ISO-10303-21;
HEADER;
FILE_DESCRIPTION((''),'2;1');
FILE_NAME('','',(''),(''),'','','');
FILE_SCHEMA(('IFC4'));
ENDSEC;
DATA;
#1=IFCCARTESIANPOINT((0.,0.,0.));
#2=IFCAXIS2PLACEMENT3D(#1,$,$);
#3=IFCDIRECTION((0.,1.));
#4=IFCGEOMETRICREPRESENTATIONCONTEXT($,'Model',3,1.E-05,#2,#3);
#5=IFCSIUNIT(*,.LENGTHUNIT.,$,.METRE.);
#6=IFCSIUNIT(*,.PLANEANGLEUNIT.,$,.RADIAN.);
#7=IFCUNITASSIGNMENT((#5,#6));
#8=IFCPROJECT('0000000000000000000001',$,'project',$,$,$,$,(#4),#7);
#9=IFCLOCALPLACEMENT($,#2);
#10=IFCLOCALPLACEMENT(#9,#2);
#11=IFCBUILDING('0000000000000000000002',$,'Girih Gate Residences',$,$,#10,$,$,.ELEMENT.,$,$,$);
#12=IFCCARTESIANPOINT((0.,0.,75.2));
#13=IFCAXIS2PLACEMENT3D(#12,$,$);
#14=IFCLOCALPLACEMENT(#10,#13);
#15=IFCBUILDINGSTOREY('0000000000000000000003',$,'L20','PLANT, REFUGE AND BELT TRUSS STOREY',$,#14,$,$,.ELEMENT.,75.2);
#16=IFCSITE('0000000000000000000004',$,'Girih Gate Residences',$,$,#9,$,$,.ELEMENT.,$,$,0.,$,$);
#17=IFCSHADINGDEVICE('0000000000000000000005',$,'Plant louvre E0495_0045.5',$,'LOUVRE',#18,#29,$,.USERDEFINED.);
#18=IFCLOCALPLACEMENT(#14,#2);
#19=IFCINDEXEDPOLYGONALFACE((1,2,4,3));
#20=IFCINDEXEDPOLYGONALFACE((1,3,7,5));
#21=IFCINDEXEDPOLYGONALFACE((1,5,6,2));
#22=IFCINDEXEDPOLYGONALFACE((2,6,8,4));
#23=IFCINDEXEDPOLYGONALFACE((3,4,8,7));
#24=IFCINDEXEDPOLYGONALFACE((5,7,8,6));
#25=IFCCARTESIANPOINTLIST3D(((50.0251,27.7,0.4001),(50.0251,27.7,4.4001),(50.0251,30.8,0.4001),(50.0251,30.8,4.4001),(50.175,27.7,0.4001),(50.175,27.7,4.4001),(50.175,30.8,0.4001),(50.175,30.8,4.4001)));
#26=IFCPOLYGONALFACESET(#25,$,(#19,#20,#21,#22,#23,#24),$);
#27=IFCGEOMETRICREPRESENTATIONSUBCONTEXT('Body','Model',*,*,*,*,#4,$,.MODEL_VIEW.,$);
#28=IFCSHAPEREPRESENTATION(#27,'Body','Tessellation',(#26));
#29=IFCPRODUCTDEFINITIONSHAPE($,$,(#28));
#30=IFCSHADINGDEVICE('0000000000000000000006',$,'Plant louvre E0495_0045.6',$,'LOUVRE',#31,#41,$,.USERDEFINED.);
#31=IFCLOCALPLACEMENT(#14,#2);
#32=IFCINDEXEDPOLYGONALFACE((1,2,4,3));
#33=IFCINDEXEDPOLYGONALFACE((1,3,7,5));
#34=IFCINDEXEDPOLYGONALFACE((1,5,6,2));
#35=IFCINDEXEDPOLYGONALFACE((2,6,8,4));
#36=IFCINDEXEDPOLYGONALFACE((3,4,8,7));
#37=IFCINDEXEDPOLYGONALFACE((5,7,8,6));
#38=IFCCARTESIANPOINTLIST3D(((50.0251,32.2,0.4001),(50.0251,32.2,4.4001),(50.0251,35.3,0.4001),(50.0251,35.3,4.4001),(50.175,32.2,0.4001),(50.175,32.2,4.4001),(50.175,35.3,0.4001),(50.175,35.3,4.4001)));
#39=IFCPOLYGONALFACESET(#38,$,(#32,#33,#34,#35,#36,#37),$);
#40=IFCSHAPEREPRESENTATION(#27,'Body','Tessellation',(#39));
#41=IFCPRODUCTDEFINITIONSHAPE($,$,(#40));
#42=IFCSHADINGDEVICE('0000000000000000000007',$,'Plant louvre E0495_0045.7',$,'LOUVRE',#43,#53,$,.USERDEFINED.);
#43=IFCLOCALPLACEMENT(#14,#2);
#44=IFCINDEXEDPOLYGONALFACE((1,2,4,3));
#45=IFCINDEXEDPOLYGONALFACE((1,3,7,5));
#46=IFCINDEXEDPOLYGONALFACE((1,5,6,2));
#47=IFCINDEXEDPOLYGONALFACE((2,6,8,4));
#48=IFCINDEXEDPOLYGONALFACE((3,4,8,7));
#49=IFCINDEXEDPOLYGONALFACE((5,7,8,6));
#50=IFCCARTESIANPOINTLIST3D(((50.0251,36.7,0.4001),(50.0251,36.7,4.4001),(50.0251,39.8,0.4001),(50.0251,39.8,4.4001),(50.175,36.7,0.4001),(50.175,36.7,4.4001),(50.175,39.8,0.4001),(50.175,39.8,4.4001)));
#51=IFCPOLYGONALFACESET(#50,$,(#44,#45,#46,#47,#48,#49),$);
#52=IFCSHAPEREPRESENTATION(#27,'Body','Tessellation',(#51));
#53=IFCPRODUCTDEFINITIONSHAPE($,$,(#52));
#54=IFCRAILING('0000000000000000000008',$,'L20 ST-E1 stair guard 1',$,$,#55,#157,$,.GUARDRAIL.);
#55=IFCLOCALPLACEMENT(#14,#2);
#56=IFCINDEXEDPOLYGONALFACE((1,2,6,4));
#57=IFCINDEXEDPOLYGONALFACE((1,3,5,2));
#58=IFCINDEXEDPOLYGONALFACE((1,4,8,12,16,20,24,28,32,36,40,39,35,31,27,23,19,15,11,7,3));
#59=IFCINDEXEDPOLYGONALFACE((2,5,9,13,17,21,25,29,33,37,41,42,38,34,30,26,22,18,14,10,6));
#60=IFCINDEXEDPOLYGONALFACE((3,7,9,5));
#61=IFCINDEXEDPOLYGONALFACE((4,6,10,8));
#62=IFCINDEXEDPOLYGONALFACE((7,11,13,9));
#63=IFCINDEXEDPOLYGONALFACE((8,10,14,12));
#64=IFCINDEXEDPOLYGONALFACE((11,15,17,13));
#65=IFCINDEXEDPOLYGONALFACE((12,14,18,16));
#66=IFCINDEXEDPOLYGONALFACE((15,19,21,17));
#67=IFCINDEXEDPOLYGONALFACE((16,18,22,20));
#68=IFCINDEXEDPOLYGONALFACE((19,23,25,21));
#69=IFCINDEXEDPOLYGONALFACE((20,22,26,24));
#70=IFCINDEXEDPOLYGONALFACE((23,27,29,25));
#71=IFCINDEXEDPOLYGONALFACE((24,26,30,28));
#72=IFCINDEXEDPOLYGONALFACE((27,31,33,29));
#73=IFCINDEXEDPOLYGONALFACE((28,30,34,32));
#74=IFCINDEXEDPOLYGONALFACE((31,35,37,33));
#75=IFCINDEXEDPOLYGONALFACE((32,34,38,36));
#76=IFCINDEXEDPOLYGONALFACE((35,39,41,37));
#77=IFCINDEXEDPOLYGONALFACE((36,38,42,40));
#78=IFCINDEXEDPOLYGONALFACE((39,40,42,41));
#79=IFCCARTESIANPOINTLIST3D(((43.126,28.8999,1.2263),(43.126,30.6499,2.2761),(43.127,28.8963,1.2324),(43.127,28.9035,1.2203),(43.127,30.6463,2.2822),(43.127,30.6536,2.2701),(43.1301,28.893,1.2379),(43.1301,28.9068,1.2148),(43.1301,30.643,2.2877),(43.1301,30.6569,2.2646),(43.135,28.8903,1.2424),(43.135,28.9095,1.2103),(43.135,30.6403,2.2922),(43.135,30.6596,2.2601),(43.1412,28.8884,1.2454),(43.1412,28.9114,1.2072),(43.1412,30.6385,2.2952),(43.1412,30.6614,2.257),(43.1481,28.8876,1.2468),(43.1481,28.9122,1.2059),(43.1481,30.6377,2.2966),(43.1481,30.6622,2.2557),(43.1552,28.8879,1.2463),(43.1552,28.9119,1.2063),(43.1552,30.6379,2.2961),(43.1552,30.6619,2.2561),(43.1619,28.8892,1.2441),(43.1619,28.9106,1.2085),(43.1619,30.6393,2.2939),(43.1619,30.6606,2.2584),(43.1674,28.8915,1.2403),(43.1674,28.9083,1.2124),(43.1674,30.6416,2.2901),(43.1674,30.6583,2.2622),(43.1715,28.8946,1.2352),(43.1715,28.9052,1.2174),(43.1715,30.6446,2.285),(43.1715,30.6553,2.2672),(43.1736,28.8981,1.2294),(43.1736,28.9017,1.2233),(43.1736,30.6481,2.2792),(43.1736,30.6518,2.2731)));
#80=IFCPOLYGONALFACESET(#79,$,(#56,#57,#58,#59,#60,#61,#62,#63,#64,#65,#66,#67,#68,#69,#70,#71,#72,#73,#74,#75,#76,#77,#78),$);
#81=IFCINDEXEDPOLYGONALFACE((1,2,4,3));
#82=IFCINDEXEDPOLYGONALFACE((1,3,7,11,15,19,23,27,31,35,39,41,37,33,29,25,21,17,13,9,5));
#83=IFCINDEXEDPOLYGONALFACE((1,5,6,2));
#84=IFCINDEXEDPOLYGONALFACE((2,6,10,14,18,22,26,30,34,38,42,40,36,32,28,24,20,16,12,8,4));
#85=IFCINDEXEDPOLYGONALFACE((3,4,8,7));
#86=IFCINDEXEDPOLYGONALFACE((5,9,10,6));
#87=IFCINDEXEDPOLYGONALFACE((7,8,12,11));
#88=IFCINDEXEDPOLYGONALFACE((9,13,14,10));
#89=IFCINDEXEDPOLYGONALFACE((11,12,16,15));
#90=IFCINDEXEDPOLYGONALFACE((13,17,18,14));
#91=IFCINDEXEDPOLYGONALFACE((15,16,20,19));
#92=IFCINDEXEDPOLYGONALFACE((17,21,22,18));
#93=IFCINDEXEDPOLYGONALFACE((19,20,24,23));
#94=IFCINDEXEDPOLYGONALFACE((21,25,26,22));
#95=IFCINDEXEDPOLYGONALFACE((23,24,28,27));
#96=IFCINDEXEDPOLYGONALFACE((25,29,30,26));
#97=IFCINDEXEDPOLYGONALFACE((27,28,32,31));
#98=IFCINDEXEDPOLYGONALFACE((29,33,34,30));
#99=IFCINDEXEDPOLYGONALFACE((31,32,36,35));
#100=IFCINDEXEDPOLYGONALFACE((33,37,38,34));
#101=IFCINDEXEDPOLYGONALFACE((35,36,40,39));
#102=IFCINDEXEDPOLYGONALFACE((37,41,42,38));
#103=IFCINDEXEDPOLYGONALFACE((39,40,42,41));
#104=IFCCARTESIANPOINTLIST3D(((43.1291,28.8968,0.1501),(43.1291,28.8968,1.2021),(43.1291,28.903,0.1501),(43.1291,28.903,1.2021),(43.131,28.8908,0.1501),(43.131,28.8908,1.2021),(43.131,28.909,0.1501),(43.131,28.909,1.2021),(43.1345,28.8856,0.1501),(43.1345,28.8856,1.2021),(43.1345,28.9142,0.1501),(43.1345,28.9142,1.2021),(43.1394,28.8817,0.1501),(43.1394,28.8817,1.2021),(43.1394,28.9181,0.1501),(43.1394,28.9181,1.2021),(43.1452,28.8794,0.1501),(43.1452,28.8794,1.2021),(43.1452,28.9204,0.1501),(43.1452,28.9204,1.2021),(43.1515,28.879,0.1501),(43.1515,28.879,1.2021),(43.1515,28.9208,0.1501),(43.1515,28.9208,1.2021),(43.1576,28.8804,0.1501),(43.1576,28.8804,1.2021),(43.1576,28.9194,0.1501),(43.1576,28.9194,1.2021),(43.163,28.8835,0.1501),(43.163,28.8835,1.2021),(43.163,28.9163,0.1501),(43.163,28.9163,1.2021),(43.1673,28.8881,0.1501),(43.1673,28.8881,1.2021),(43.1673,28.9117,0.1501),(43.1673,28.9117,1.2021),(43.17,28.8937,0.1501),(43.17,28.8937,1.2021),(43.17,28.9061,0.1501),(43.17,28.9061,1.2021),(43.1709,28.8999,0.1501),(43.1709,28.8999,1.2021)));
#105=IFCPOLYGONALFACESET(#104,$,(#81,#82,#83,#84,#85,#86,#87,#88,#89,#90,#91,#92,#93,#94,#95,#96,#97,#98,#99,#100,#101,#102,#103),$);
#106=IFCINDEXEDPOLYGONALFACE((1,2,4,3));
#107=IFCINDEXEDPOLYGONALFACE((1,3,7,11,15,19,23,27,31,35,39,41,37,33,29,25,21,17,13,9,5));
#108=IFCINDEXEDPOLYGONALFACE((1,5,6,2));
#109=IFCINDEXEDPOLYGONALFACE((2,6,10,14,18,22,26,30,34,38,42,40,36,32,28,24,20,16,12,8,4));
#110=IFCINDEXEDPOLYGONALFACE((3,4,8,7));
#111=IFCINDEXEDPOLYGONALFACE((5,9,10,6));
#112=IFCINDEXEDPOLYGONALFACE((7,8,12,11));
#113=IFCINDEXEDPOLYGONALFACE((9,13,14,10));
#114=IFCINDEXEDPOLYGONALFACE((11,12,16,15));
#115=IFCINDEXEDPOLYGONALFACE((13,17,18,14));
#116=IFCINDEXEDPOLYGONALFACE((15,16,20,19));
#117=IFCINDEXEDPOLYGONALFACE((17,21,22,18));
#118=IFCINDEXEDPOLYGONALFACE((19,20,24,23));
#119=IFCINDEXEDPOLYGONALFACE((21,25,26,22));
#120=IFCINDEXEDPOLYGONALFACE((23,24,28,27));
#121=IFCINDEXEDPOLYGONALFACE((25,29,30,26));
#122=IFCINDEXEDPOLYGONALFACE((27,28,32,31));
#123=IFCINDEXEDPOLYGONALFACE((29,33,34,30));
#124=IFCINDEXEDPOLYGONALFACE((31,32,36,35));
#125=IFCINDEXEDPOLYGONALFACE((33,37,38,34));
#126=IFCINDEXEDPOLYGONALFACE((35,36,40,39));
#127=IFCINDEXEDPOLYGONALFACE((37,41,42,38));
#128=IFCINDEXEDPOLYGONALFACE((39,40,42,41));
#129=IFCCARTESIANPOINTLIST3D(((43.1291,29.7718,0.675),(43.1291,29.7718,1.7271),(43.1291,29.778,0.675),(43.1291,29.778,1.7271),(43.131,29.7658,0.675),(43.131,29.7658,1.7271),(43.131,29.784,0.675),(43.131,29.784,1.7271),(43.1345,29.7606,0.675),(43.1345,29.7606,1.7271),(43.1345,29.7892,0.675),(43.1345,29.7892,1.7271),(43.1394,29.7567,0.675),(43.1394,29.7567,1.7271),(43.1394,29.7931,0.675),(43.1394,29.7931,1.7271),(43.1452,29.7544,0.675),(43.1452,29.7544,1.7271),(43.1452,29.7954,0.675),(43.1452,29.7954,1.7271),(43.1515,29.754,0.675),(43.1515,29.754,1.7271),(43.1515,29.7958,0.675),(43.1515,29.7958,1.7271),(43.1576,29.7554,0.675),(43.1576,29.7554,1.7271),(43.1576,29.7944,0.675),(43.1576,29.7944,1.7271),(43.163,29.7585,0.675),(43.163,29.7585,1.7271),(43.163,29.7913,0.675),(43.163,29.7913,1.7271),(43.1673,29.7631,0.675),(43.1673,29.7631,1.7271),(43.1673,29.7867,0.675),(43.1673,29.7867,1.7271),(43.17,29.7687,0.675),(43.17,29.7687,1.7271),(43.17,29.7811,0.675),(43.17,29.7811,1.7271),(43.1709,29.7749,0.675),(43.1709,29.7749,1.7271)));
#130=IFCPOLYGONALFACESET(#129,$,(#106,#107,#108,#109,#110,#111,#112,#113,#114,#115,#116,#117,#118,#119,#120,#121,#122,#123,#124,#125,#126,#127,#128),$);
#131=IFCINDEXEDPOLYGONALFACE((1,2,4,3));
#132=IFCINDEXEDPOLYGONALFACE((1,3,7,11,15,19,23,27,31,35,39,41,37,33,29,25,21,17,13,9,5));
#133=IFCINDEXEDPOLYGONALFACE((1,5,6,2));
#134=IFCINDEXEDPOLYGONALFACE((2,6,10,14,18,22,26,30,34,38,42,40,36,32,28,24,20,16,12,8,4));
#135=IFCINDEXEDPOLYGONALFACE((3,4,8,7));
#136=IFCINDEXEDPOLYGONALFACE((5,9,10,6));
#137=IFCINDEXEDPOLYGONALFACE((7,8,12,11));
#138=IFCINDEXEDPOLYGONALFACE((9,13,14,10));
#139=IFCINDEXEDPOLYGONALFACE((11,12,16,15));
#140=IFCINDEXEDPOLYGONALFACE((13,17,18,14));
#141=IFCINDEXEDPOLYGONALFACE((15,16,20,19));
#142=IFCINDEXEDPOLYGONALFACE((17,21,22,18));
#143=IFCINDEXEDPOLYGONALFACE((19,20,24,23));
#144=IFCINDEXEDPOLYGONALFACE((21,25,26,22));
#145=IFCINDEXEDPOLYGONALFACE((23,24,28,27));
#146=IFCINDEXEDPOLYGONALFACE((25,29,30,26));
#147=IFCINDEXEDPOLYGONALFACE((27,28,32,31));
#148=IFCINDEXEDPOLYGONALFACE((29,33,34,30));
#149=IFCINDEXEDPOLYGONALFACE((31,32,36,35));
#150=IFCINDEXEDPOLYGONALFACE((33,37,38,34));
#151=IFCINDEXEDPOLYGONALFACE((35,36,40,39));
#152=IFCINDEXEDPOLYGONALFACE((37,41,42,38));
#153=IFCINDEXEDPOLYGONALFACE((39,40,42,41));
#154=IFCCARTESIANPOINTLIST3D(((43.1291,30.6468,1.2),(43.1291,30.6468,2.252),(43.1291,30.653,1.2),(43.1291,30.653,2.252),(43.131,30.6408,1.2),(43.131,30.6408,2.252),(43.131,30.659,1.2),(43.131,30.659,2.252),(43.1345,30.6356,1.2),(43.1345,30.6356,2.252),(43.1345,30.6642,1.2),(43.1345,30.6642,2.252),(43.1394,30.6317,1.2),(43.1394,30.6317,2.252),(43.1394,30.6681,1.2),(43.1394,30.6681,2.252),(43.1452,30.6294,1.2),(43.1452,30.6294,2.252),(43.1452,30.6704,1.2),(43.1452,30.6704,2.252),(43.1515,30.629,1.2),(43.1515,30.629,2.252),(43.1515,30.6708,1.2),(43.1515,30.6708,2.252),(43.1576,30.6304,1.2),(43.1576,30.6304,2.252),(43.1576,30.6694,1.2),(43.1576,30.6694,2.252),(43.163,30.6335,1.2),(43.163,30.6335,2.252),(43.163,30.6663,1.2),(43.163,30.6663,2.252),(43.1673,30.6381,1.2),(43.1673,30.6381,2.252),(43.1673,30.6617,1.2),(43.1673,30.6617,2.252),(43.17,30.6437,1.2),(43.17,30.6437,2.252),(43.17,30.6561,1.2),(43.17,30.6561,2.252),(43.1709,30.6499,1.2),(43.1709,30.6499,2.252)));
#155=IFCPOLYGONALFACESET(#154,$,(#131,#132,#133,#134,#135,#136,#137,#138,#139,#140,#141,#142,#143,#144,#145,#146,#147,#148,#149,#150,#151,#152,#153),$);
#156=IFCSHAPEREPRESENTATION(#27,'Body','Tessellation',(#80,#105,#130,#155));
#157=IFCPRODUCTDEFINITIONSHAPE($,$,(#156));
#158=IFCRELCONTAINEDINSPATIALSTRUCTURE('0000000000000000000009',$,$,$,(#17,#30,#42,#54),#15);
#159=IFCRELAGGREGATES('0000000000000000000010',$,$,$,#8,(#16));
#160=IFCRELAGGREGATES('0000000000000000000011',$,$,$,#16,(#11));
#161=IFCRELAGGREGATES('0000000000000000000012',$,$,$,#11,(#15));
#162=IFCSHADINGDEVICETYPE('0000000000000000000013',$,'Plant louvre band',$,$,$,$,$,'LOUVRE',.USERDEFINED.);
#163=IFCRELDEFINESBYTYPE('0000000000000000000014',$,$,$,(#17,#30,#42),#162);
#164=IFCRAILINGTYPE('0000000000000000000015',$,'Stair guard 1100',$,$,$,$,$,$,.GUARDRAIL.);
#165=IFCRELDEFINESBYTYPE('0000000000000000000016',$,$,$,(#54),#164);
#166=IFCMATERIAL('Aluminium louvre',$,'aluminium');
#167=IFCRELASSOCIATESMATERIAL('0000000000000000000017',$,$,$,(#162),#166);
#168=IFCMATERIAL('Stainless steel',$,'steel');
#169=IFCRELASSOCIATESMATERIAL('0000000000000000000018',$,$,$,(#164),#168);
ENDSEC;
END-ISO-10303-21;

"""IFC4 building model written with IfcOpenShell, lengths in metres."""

from ifc_helpers import new_model, si_unit, direction, frame, origin, origin_2d, place, context, subcontext, project, spatial, rectangle, circle, extrude, material, type_object, element, save


model = new_model("IFC4")

# Units and contexts
model_context = context("Model", 3, precision=1e-05, world=origin(), true_north=direction((0.0, 1.0)))
body_context = subcontext(model_context, "Body", "Model", "MODEL_VIEW")
ifc_project = project(units=[si_unit("LENGTHUNIT", "METRE"), si_unit("PLANEANGLEUNIT", "RADIAN")], contexts=[model_context])

# Site, building, storey
site_placement = place(None, origin())
site = spatial("IfcSite", under=ifc_project, at=site_placement, Name="Girih Gate Residences", CompositionType="ELEMENT", RefElevation=0.0)
building_placement = place(site_placement, origin())
building = spatial("IfcBuilding", under=site, at=building_placement, Name="Girih Gate Residences", CompositionType="ELEMENT")
storey_placement = place(building_placement, frame((0.0, 0.0, 75.2)))
storey = spatial("IfcBuildingStorey", under=building, at=storey_placement, Name="L20", Description="PLANT, REFUGE AND BELT TRUSS STOREY", CompositionType="ELEMENT", Elevation=75.2)

# Shading devices
ifc_material_1 = material(Name="Aluminium louvre", Category="aluminium")
shading_device_type = type_object("IfcShadingDeviceType", Name="Plant louvre band", ElementType="LOUVRE", PredefinedType="USERDEFINED", material=ifc_material_1)
for number, where, z_axis, x_axis, name in (
    (1, (50.1001, 29.25, 0.4001), (0.0, 0.0, 1.0), (0.0, 1.0, 0.0), "Plant louvre E0495_0045.5"),
    (2, (50.1001, 33.75, 0.4001), (0.0, 0.0, 1.0), (0.0, 1.0, 0.0), "Plant louvre E0495_0045.6"),
    (3, (50.1001, 38.25, 0.4001), (0.0, 0.0, 1.0), (0.0, 1.0, 0.0), "Plant louvre E0495_0045.7"),
):
    element("IfcShadingDevice", number, at=place(storey_placement, frame(where, z_axis=z_axis, x_axis=x_axis)), inside=storey, type_object=shading_device_type, Name=name, ObjectType="LOUVRE", PredefinedType="USERDEFINED", context=body_context, shape_type="SweptSolid", body=[
        extrude(rectangle(XDim=3.1001, YDim=0.1499, at=origin_2d()), origin(), (0.0, 0.0, 1.0), 4.0),
    ])

# Railing
ifc_material_2 = material(Name="Stainless steel", Category="steel")
railing_type_1 = type_object("IfcRailingType", Name="Stair guard 1100", PredefinedType="GUARDRAIL", material=ifc_material_2)
railing_1_placement = place(storey_placement, frame((43.1499, 28.8999, 0.1501)))
element("IfcRailing", 4, at=railing_1_placement, inside=storey, type_object=railing_type_1, Name="L20 ST-E1 stair guard 1", PredefinedType="GUARDRAIL", context=body_context, shape_type="SweptSolid", body=[
    extrude(circle(Radius=0.0239, at=origin_2d()), frame((0.0, 0.0, 1.0762), z_axis=(0.0, 0.857535, 0.514425), x_axis=(-1.0, 0.0, 0.0)), (0.0, 0.0, 1.0), 2.0408),
    extrude(circle(Radius=0.021, at=origin_2d()), origin(), (0.0, 0.0, 1.0), 1.052),
    extrude(circle(Radius=0.021, at=origin_2d()), frame((0.0, 0.875, 0.5249)), (0.0, 0.0, 1.0), 1.052),
    extrude(circle(Radius=0.021, at=origin_2d()), frame((0.0, 1.75, 1.0498)), (0.0, 0.0, 1.0), 1.052),
])

save(model, "model.ifc")
